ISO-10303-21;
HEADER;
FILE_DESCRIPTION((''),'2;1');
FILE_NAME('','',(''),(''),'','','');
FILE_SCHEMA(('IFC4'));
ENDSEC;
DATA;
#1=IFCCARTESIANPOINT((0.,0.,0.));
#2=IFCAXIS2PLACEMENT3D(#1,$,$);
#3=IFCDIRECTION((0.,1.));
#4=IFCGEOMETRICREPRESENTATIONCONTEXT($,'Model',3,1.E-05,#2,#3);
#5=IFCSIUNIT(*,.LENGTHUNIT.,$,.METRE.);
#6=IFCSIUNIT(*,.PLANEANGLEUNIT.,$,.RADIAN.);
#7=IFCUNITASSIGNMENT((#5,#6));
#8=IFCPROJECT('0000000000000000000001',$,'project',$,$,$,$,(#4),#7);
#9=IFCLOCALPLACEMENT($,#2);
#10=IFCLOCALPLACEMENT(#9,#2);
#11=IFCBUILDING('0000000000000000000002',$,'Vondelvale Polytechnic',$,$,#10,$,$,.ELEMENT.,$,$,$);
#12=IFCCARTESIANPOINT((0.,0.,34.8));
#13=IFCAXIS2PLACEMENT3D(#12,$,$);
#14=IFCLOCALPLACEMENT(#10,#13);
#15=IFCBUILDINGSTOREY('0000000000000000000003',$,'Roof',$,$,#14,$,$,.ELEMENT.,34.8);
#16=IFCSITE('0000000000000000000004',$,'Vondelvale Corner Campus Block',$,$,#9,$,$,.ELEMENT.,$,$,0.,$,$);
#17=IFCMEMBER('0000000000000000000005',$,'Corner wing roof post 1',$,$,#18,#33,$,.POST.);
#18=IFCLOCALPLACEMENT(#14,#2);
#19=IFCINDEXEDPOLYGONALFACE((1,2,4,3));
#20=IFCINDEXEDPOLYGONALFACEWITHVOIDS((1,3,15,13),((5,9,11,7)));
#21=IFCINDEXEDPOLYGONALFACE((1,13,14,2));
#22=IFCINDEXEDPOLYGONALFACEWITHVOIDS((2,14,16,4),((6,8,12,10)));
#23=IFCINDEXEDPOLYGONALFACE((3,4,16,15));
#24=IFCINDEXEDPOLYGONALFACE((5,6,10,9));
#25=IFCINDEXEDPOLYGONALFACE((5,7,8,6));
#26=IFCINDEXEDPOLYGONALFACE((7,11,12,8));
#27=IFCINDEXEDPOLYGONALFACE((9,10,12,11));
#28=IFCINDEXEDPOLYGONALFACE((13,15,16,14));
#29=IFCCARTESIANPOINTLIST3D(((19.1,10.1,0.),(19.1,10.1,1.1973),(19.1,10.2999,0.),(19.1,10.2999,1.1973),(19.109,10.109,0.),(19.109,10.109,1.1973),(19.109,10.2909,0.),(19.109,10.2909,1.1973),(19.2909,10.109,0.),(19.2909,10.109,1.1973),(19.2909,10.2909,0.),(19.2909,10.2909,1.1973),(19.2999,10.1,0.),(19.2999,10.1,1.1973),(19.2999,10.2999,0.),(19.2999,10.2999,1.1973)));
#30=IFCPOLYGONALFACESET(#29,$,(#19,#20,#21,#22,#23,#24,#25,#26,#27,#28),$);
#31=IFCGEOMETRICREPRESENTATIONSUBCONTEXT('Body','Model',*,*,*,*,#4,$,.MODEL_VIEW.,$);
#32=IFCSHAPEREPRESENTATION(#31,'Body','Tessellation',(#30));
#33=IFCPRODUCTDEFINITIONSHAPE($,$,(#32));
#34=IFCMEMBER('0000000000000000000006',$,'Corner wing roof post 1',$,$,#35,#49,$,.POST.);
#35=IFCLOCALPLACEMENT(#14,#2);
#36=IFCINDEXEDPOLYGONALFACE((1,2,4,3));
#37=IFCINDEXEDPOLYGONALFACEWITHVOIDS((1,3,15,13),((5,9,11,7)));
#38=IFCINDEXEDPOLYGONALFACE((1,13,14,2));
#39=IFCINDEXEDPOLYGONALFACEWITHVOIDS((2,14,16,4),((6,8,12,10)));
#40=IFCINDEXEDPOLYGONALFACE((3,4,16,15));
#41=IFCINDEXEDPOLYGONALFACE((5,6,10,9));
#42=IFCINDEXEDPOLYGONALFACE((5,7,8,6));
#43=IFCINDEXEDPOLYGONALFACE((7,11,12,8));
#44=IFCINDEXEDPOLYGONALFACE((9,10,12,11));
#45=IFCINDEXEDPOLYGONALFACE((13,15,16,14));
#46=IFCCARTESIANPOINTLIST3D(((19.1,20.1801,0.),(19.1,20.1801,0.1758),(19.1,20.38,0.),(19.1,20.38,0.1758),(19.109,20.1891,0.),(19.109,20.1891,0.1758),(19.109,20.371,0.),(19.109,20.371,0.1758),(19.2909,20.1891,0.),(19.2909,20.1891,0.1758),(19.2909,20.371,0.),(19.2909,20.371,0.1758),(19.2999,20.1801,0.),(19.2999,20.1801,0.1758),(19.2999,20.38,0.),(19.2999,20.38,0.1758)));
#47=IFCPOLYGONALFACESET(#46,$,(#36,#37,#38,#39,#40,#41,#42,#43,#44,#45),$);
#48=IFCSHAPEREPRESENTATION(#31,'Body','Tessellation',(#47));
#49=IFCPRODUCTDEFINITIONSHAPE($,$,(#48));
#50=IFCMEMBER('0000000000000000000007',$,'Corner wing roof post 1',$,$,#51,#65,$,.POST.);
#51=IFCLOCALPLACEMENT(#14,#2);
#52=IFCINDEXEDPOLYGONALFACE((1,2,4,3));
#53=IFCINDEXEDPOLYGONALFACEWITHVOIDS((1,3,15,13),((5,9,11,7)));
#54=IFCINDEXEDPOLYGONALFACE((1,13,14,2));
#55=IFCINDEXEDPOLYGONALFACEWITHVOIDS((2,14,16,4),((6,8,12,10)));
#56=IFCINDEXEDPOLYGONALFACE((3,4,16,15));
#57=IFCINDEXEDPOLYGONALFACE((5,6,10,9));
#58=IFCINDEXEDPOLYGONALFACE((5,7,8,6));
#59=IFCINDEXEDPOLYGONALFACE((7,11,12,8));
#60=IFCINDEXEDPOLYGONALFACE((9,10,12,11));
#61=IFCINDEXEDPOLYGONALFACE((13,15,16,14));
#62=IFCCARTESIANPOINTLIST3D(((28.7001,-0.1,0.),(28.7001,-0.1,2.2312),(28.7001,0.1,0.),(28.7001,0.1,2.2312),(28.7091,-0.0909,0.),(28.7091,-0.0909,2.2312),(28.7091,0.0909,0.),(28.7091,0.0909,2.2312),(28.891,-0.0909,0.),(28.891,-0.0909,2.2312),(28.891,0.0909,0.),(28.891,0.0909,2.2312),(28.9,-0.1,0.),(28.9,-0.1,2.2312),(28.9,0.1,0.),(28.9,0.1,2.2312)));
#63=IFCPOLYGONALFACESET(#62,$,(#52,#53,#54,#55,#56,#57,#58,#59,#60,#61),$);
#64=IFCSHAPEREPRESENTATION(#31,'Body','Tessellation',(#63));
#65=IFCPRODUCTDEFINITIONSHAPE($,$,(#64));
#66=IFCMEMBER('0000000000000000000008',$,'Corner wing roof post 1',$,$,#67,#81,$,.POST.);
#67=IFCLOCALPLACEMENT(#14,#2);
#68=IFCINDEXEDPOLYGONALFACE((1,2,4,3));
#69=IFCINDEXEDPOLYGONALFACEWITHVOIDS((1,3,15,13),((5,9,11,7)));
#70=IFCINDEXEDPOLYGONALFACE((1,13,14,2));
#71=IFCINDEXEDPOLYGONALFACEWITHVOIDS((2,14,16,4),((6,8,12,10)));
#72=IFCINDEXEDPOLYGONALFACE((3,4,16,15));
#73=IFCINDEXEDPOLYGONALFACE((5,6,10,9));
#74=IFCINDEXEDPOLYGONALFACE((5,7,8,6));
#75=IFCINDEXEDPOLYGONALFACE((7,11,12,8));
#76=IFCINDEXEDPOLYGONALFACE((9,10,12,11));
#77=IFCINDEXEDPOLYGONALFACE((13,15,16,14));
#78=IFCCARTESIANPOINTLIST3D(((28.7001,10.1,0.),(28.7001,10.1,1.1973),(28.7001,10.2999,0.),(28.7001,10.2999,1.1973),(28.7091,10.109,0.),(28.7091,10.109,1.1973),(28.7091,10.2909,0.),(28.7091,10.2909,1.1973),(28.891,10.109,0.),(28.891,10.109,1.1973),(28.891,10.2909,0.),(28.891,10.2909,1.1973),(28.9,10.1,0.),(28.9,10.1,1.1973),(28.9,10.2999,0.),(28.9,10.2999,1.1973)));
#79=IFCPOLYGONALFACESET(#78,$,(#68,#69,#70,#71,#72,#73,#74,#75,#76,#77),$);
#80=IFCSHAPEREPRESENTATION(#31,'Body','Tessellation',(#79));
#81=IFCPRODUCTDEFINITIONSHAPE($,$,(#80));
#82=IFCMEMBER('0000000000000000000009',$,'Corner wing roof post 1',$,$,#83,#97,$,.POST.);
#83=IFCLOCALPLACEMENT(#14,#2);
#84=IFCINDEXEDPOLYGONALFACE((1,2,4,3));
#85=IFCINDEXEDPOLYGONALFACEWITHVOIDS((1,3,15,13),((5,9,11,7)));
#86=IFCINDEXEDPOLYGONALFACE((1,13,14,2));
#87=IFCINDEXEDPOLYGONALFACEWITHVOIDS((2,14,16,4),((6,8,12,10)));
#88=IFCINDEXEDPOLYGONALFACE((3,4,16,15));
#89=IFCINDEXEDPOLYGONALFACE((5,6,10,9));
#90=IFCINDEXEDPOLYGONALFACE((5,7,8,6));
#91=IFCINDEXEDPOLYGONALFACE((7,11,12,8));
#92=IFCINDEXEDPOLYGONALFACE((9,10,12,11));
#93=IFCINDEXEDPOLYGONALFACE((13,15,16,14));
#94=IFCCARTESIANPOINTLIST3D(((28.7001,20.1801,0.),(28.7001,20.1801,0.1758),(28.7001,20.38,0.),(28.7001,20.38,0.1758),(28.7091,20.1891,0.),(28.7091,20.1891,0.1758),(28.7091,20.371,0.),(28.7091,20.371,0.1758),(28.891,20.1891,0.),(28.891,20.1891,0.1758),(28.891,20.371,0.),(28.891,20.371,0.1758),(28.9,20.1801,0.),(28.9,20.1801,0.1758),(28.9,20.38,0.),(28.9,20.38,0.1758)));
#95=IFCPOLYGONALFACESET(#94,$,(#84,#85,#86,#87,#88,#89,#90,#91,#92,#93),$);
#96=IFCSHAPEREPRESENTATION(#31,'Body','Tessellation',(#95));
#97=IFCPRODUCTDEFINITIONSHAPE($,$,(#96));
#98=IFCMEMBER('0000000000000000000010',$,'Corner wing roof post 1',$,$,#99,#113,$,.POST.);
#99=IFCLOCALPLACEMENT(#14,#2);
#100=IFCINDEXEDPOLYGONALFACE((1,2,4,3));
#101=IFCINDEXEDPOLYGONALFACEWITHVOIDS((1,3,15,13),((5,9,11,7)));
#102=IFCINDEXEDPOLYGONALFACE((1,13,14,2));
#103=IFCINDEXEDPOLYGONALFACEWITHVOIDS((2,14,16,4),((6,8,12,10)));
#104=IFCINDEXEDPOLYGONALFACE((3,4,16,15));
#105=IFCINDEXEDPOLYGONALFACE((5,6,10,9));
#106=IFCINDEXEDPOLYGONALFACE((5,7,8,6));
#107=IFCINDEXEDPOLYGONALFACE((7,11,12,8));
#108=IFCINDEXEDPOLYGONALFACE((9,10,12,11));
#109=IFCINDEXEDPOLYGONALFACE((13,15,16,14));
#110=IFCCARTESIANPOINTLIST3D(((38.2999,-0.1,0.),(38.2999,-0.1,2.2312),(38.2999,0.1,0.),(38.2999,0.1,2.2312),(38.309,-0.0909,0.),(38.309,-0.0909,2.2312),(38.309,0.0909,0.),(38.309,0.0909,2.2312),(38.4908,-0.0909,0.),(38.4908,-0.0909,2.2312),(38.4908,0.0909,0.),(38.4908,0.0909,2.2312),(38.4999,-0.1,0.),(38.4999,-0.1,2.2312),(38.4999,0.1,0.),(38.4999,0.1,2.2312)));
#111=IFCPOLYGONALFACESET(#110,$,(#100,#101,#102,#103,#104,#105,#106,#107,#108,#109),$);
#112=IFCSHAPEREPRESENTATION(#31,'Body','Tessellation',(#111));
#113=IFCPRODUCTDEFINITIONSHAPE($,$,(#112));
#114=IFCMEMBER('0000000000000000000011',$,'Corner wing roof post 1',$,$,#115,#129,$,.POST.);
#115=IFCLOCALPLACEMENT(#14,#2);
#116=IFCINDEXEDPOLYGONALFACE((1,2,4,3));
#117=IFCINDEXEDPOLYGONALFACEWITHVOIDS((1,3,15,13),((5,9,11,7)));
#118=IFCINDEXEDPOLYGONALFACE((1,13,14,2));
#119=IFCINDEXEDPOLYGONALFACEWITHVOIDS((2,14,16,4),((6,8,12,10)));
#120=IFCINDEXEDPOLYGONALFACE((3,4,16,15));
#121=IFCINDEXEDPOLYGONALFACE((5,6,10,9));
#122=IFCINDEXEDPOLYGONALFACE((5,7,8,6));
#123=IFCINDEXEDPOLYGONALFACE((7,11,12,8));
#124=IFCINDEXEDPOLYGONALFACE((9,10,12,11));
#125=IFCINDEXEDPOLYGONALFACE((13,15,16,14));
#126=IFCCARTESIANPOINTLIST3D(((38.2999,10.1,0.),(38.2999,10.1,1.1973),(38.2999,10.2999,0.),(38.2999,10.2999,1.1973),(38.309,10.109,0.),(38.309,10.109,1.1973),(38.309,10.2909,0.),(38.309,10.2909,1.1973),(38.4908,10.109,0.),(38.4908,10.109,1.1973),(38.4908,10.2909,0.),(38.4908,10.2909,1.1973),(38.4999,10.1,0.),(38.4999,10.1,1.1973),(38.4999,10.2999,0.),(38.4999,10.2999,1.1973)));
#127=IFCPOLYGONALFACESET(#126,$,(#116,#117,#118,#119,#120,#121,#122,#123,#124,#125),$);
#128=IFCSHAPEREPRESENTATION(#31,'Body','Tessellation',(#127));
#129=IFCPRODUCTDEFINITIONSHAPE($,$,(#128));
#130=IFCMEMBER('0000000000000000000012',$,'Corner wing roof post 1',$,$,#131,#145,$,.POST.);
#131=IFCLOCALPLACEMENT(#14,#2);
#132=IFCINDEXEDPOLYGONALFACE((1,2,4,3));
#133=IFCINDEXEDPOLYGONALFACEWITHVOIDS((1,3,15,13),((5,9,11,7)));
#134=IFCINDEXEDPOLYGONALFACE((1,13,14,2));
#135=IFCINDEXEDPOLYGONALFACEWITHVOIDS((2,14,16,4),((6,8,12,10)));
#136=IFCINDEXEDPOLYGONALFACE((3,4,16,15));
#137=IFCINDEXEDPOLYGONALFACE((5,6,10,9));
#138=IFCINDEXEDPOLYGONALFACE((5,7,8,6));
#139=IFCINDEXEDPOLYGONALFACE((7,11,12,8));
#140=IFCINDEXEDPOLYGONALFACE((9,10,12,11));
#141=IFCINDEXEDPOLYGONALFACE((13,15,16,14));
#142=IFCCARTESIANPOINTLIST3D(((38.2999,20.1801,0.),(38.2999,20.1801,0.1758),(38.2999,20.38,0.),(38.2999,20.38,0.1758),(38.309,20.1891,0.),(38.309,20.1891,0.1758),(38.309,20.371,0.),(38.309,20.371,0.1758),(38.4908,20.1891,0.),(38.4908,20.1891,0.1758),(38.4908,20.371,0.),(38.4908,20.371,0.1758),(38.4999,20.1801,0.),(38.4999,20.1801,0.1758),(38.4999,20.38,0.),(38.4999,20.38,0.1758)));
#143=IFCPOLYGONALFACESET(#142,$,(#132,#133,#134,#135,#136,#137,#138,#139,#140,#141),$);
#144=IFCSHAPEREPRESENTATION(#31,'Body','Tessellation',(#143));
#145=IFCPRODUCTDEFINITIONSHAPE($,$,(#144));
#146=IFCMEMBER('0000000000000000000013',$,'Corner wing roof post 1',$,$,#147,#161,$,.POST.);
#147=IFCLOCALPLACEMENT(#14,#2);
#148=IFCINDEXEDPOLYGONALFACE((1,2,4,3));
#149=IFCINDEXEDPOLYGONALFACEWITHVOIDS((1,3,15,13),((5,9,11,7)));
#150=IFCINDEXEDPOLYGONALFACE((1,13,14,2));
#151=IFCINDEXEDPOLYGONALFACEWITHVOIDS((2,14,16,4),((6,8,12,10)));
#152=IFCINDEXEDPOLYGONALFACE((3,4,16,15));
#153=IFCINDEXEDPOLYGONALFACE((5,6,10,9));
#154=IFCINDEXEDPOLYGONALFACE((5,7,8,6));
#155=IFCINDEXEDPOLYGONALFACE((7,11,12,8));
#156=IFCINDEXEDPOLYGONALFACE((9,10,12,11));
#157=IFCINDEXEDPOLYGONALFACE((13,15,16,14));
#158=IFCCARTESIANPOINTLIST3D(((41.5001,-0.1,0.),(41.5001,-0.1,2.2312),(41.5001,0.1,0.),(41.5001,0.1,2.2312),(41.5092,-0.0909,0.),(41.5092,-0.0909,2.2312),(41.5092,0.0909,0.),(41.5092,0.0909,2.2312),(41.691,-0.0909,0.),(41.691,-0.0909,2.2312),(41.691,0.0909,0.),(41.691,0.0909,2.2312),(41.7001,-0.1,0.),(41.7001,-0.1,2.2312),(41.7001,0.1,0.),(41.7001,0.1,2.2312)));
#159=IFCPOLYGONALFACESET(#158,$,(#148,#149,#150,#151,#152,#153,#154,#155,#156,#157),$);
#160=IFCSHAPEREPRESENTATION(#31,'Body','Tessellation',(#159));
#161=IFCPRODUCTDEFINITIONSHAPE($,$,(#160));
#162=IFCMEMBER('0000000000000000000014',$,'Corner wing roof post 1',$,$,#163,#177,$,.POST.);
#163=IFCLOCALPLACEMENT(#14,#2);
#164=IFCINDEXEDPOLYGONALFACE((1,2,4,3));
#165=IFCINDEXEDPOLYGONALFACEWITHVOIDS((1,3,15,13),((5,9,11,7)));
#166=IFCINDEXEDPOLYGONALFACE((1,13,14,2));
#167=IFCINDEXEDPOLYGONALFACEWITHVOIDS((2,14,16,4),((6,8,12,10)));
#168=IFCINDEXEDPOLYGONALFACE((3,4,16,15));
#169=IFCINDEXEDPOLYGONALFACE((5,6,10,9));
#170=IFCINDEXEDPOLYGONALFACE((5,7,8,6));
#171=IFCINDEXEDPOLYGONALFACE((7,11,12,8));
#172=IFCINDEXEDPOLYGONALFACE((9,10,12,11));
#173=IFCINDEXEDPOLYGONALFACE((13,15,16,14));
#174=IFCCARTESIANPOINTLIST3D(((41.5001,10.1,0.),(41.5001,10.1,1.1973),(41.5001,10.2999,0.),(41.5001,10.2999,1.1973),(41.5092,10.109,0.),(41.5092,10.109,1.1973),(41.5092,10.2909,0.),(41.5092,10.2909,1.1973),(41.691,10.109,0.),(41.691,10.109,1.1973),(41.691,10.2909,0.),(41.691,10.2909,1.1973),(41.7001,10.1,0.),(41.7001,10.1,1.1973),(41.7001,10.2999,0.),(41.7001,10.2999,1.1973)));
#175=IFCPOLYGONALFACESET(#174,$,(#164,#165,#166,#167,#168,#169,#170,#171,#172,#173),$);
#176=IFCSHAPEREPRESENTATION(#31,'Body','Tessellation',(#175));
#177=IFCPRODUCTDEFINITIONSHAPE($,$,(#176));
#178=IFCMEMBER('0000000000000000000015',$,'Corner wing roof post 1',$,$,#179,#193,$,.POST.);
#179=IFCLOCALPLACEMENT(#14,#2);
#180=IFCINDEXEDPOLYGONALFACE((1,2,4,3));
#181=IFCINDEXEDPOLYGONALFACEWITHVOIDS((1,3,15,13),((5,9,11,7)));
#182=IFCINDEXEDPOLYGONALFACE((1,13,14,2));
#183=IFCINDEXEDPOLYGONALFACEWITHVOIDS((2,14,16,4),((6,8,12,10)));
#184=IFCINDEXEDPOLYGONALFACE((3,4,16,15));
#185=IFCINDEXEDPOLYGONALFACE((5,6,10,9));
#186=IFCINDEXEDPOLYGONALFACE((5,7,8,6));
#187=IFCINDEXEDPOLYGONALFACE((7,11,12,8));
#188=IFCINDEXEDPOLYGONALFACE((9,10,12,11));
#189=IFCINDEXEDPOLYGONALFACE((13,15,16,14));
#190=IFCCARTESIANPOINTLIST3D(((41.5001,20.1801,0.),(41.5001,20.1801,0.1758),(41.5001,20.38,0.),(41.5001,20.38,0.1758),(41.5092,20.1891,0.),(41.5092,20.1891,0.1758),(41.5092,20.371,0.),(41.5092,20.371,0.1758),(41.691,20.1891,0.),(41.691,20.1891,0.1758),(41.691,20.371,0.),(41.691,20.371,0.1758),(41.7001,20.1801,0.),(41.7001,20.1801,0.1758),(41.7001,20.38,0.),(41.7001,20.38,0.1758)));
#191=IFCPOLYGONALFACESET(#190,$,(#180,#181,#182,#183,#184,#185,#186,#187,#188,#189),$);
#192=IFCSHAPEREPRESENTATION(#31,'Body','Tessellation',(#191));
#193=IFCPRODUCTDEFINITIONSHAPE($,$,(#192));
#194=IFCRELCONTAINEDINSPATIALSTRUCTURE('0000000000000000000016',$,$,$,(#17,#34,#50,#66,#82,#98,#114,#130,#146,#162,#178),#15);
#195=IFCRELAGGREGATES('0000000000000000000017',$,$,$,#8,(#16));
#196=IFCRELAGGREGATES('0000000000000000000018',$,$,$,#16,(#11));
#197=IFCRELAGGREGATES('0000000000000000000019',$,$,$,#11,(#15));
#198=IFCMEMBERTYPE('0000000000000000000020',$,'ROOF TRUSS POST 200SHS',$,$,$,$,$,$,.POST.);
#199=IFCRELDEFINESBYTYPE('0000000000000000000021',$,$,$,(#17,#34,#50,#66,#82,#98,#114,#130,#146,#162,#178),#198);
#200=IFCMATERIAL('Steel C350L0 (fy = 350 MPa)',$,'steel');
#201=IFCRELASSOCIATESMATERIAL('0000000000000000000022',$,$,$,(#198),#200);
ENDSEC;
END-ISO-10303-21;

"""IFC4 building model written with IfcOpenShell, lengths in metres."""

from ifc_helpers import new_model, si_unit, direction, frame, origin, origin_2d, place, context, subcontext, project, spatial, hollow_rectangle, extrude, material, material_profile, profile_set, type_object, element, save


model = new_model("IFC4")

# Units and contexts
model_context = context("Model", 3, precision=1e-05, world=origin(), true_north=direction((0.0, 1.0)))
body_context = subcontext(model_context, "Body", "Model", "MODEL_VIEW")
ifc_project = project(units=[si_unit("LENGTHUNIT", "METRE"), si_unit("PLANEANGLEUNIT", "RADIAN")], contexts=[model_context])

# Site, building, storey
site_placement = place(None, origin())
site = spatial("IfcSite", under=ifc_project, at=site_placement, Name="Vondelvale Corner Campus Block", CompositionType="ELEMENT", RefElevation=0.0)
building_placement = place(site_placement, origin())
building = spatial("IfcBuilding", under=site, at=building_placement, Name="Vondelvale Polytechnic", CompositionType="ELEMENT")
storey_placement = place(building_placement, frame((0.0, 0.0, 34.8)))
storey = spatial("IfcBuildingStorey", under=building, at=storey_placement, Name="Roof", CompositionType="ELEMENT", Elevation=34.8)

# Members
ifc_material_1 = material(Name="Steel C350L0 (fy = 350 MPa)", Category="steel")
ifc_material_profile_1 = material_profile(ifc_material_1, hollow_rectangle(XDim=0.2, YDim=0.2, WallThickness=0.009, at=origin_2d()), Name="200x200x9.0SHS")
ifc_profile_set_1 = profile_set([ifc_material_profile_1], Name="Steel C350L0 (fy = 350 MPa)")
member_type_1 = type_object("IfcMemberType", Name="ROOF TRUSS POST 200SHS", PredefinedType="POST", material=ifc_profile_set_1)
member_1_placement = place(storey_placement, frame((19.2, 10.2, 0.0), z_axis=(0.0, 0.0, 1.0), x_axis=(1.0, 0.0, 0.0)))
element("IfcMember", 1, at=member_1_placement, inside=storey, type_object=member_type_1, Name="Corner wing roof post 1", PredefinedType="POST", context=body_context, shape_type="SweptSolid", body=[
    extrude(hollow_rectangle(XDim=0.2, YDim=0.2, WallThickness=0.009, at=origin_2d()), origin(), (0.0, 0.0, 1.0), 1.1973),
])
member_2_placement = place(storey_placement, frame((19.2, 20.28, 0.0), z_axis=(0.0, 0.0, 1.0), x_axis=(1.0, 0.0, 0.0)))
element("IfcMember", 2, at=member_2_placement, inside=storey, type_object=member_type_1, Name="Corner wing roof post 1", PredefinedType="POST", context=body_context, shape_type="SweptSolid", body=[
    extrude(hollow_rectangle(XDim=0.2, YDim=0.2, WallThickness=0.009, at=origin_2d()), origin(), (0.0, 0.0, 1.0), 0.1758),
])
member_3_placement = place(storey_placement, frame((28.8, 0.0, 0.0), z_axis=(0.0, 0.0, 1.0), x_axis=(1.0, 0.0, 0.0)))
element("IfcMember", 3, at=member_3_placement, inside=storey, type_object=member_type_1, Name="Corner wing roof post 1", PredefinedType="POST", context=body_context, shape_type="SweptSolid", body=[
    extrude(hollow_rectangle(XDim=0.2, YDim=0.2, WallThickness=0.009, at=origin_2d()), origin(), (0.0, 0.0, 1.0), 2.2312),
])
member_4_placement = place(storey_placement, frame((28.8, 10.2, 0.0), z_axis=(0.0, 0.0, 1.0), x_axis=(1.0, 0.0, 0.0)))
element("IfcMember", 4, at=member_4_placement, inside=storey, type_object=member_type_1, Name="Corner wing roof post 1", PredefinedType="POST", context=body_context, shape_type="SweptSolid", body=[
    extrude(hollow_rectangle(XDim=0.2, YDim=0.2, WallThickness=0.009, at=origin_2d()), origin(), (0.0, 0.0, 1.0), 1.1973),
])
member_5_placement = place(storey_placement, frame((28.8, 20.28, 0.0), z_axis=(0.0, 0.0, 1.0), x_axis=(1.0, 0.0, 0.0)))
element("IfcMember", 5, at=member_5_placement, inside=storey, type_object=member_type_1, Name="Corner wing roof post 1", PredefinedType="POST", context=body_context, shape_type="SweptSolid", body=[
    extrude(hollow_rectangle(XDim=0.2, YDim=0.2, WallThickness=0.009, at=origin_2d()), origin(), (0.0, 0.0, 1.0), 0.1758),
])
member_6_placement = place(storey_placement, frame((38.3999, 0.0, 0.0), z_axis=(0.0, 0.0, 1.0), x_axis=(1.0, 0.0, 0.0)))
element("IfcMember", 6, at=member_6_placement, inside=storey, type_object=member_type_1, Name="Corner wing roof post 1", PredefinedType="POST", context=body_context, shape_type="SweptSolid", body=[
    extrude(hollow_rectangle(XDim=0.2, YDim=0.2, WallThickness=0.009, at=origin_2d()), origin(), (0.0, 0.0, 1.0), 2.2312),
])
member_7_placement = place(storey_placement, frame((38.3999, 10.2, 0.0), z_axis=(0.0, 0.0, 1.0), x_axis=(1.0, 0.0, 0.0)))
element("IfcMember", 7, at=member_7_placement, inside=storey, type_object=member_type_1, Name="Corner wing roof post 1", PredefinedType="POST", context=body_context, shape_type="SweptSolid", body=[
    extrude(hollow_rectangle(XDim=0.2, YDim=0.2, WallThickness=0.009, at=origin_2d()), origin(), (0.0, 0.0, 1.0), 1.1973),
])
member_8_placement = place(storey_placement, frame((38.3999, 20.28, 0.0), z_axis=(0.0, 0.0, 1.0), x_axis=(1.0, 0.0, 0.0)))
element("IfcMember", 8, at=member_8_placement, inside=storey, type_object=member_type_1, Name="Corner wing roof post 1", PredefinedType="POST", context=body_context, shape_type="SweptSolid", body=[
    extrude(hollow_rectangle(XDim=0.2, YDim=0.2, WallThickness=0.009, at=origin_2d()), origin(), (0.0, 0.0, 1.0), 0.1758),
])
member_9_placement = place(storey_placement, frame((41.6001, 0.0, 0.0), z_axis=(0.0, 0.0, 1.0), x_axis=(1.0, 0.0, 0.0)))
element("IfcMember", 9, at=member_9_placement, inside=storey, type_object=member_type_1, Name="Corner wing roof post 1", PredefinedType="POST", context=body_context, shape_type="SweptSolid", body=[
    extrude(hollow_rectangle(XDim=0.2, YDim=0.2, WallThickness=0.009, at=origin_2d()), origin(), (0.0, 0.0, 1.0), 2.2312),
])
member_10_placement = place(storey_placement, frame((41.6001, 10.2, 0.0), z_axis=(0.0, 0.0, 1.0), x_axis=(1.0, 0.0, 0.0)))
element("IfcMember", 10, at=member_10_placement, inside=storey, type_object=member_type_1, Name="Corner wing roof post 1", PredefinedType="POST", context=body_context, shape_type="SweptSolid", body=[
    extrude(hollow_rectangle(XDim=0.2, YDim=0.2, WallThickness=0.009, at=origin_2d()), origin(), (0.0, 0.0, 1.0), 1.1973),
])
member_11_placement = place(storey_placement, frame((41.6001, 20.28, 0.0), z_axis=(0.0, 0.0, 1.0), x_axis=(1.0, 0.0, 0.0)))
element("IfcMember", 11, at=member_11_placement, inside=storey, type_object=member_type_1, Name="Corner wing roof post 1", PredefinedType="POST", context=body_context, shape_type="SweptSolid", body=[
    extrude(hollow_rectangle(XDim=0.2, YDim=0.2, WallThickness=0.009, at=origin_2d()), origin(), (0.0, 0.0, 1.0), 0.1758),
])

save(model, "model.ifc")
